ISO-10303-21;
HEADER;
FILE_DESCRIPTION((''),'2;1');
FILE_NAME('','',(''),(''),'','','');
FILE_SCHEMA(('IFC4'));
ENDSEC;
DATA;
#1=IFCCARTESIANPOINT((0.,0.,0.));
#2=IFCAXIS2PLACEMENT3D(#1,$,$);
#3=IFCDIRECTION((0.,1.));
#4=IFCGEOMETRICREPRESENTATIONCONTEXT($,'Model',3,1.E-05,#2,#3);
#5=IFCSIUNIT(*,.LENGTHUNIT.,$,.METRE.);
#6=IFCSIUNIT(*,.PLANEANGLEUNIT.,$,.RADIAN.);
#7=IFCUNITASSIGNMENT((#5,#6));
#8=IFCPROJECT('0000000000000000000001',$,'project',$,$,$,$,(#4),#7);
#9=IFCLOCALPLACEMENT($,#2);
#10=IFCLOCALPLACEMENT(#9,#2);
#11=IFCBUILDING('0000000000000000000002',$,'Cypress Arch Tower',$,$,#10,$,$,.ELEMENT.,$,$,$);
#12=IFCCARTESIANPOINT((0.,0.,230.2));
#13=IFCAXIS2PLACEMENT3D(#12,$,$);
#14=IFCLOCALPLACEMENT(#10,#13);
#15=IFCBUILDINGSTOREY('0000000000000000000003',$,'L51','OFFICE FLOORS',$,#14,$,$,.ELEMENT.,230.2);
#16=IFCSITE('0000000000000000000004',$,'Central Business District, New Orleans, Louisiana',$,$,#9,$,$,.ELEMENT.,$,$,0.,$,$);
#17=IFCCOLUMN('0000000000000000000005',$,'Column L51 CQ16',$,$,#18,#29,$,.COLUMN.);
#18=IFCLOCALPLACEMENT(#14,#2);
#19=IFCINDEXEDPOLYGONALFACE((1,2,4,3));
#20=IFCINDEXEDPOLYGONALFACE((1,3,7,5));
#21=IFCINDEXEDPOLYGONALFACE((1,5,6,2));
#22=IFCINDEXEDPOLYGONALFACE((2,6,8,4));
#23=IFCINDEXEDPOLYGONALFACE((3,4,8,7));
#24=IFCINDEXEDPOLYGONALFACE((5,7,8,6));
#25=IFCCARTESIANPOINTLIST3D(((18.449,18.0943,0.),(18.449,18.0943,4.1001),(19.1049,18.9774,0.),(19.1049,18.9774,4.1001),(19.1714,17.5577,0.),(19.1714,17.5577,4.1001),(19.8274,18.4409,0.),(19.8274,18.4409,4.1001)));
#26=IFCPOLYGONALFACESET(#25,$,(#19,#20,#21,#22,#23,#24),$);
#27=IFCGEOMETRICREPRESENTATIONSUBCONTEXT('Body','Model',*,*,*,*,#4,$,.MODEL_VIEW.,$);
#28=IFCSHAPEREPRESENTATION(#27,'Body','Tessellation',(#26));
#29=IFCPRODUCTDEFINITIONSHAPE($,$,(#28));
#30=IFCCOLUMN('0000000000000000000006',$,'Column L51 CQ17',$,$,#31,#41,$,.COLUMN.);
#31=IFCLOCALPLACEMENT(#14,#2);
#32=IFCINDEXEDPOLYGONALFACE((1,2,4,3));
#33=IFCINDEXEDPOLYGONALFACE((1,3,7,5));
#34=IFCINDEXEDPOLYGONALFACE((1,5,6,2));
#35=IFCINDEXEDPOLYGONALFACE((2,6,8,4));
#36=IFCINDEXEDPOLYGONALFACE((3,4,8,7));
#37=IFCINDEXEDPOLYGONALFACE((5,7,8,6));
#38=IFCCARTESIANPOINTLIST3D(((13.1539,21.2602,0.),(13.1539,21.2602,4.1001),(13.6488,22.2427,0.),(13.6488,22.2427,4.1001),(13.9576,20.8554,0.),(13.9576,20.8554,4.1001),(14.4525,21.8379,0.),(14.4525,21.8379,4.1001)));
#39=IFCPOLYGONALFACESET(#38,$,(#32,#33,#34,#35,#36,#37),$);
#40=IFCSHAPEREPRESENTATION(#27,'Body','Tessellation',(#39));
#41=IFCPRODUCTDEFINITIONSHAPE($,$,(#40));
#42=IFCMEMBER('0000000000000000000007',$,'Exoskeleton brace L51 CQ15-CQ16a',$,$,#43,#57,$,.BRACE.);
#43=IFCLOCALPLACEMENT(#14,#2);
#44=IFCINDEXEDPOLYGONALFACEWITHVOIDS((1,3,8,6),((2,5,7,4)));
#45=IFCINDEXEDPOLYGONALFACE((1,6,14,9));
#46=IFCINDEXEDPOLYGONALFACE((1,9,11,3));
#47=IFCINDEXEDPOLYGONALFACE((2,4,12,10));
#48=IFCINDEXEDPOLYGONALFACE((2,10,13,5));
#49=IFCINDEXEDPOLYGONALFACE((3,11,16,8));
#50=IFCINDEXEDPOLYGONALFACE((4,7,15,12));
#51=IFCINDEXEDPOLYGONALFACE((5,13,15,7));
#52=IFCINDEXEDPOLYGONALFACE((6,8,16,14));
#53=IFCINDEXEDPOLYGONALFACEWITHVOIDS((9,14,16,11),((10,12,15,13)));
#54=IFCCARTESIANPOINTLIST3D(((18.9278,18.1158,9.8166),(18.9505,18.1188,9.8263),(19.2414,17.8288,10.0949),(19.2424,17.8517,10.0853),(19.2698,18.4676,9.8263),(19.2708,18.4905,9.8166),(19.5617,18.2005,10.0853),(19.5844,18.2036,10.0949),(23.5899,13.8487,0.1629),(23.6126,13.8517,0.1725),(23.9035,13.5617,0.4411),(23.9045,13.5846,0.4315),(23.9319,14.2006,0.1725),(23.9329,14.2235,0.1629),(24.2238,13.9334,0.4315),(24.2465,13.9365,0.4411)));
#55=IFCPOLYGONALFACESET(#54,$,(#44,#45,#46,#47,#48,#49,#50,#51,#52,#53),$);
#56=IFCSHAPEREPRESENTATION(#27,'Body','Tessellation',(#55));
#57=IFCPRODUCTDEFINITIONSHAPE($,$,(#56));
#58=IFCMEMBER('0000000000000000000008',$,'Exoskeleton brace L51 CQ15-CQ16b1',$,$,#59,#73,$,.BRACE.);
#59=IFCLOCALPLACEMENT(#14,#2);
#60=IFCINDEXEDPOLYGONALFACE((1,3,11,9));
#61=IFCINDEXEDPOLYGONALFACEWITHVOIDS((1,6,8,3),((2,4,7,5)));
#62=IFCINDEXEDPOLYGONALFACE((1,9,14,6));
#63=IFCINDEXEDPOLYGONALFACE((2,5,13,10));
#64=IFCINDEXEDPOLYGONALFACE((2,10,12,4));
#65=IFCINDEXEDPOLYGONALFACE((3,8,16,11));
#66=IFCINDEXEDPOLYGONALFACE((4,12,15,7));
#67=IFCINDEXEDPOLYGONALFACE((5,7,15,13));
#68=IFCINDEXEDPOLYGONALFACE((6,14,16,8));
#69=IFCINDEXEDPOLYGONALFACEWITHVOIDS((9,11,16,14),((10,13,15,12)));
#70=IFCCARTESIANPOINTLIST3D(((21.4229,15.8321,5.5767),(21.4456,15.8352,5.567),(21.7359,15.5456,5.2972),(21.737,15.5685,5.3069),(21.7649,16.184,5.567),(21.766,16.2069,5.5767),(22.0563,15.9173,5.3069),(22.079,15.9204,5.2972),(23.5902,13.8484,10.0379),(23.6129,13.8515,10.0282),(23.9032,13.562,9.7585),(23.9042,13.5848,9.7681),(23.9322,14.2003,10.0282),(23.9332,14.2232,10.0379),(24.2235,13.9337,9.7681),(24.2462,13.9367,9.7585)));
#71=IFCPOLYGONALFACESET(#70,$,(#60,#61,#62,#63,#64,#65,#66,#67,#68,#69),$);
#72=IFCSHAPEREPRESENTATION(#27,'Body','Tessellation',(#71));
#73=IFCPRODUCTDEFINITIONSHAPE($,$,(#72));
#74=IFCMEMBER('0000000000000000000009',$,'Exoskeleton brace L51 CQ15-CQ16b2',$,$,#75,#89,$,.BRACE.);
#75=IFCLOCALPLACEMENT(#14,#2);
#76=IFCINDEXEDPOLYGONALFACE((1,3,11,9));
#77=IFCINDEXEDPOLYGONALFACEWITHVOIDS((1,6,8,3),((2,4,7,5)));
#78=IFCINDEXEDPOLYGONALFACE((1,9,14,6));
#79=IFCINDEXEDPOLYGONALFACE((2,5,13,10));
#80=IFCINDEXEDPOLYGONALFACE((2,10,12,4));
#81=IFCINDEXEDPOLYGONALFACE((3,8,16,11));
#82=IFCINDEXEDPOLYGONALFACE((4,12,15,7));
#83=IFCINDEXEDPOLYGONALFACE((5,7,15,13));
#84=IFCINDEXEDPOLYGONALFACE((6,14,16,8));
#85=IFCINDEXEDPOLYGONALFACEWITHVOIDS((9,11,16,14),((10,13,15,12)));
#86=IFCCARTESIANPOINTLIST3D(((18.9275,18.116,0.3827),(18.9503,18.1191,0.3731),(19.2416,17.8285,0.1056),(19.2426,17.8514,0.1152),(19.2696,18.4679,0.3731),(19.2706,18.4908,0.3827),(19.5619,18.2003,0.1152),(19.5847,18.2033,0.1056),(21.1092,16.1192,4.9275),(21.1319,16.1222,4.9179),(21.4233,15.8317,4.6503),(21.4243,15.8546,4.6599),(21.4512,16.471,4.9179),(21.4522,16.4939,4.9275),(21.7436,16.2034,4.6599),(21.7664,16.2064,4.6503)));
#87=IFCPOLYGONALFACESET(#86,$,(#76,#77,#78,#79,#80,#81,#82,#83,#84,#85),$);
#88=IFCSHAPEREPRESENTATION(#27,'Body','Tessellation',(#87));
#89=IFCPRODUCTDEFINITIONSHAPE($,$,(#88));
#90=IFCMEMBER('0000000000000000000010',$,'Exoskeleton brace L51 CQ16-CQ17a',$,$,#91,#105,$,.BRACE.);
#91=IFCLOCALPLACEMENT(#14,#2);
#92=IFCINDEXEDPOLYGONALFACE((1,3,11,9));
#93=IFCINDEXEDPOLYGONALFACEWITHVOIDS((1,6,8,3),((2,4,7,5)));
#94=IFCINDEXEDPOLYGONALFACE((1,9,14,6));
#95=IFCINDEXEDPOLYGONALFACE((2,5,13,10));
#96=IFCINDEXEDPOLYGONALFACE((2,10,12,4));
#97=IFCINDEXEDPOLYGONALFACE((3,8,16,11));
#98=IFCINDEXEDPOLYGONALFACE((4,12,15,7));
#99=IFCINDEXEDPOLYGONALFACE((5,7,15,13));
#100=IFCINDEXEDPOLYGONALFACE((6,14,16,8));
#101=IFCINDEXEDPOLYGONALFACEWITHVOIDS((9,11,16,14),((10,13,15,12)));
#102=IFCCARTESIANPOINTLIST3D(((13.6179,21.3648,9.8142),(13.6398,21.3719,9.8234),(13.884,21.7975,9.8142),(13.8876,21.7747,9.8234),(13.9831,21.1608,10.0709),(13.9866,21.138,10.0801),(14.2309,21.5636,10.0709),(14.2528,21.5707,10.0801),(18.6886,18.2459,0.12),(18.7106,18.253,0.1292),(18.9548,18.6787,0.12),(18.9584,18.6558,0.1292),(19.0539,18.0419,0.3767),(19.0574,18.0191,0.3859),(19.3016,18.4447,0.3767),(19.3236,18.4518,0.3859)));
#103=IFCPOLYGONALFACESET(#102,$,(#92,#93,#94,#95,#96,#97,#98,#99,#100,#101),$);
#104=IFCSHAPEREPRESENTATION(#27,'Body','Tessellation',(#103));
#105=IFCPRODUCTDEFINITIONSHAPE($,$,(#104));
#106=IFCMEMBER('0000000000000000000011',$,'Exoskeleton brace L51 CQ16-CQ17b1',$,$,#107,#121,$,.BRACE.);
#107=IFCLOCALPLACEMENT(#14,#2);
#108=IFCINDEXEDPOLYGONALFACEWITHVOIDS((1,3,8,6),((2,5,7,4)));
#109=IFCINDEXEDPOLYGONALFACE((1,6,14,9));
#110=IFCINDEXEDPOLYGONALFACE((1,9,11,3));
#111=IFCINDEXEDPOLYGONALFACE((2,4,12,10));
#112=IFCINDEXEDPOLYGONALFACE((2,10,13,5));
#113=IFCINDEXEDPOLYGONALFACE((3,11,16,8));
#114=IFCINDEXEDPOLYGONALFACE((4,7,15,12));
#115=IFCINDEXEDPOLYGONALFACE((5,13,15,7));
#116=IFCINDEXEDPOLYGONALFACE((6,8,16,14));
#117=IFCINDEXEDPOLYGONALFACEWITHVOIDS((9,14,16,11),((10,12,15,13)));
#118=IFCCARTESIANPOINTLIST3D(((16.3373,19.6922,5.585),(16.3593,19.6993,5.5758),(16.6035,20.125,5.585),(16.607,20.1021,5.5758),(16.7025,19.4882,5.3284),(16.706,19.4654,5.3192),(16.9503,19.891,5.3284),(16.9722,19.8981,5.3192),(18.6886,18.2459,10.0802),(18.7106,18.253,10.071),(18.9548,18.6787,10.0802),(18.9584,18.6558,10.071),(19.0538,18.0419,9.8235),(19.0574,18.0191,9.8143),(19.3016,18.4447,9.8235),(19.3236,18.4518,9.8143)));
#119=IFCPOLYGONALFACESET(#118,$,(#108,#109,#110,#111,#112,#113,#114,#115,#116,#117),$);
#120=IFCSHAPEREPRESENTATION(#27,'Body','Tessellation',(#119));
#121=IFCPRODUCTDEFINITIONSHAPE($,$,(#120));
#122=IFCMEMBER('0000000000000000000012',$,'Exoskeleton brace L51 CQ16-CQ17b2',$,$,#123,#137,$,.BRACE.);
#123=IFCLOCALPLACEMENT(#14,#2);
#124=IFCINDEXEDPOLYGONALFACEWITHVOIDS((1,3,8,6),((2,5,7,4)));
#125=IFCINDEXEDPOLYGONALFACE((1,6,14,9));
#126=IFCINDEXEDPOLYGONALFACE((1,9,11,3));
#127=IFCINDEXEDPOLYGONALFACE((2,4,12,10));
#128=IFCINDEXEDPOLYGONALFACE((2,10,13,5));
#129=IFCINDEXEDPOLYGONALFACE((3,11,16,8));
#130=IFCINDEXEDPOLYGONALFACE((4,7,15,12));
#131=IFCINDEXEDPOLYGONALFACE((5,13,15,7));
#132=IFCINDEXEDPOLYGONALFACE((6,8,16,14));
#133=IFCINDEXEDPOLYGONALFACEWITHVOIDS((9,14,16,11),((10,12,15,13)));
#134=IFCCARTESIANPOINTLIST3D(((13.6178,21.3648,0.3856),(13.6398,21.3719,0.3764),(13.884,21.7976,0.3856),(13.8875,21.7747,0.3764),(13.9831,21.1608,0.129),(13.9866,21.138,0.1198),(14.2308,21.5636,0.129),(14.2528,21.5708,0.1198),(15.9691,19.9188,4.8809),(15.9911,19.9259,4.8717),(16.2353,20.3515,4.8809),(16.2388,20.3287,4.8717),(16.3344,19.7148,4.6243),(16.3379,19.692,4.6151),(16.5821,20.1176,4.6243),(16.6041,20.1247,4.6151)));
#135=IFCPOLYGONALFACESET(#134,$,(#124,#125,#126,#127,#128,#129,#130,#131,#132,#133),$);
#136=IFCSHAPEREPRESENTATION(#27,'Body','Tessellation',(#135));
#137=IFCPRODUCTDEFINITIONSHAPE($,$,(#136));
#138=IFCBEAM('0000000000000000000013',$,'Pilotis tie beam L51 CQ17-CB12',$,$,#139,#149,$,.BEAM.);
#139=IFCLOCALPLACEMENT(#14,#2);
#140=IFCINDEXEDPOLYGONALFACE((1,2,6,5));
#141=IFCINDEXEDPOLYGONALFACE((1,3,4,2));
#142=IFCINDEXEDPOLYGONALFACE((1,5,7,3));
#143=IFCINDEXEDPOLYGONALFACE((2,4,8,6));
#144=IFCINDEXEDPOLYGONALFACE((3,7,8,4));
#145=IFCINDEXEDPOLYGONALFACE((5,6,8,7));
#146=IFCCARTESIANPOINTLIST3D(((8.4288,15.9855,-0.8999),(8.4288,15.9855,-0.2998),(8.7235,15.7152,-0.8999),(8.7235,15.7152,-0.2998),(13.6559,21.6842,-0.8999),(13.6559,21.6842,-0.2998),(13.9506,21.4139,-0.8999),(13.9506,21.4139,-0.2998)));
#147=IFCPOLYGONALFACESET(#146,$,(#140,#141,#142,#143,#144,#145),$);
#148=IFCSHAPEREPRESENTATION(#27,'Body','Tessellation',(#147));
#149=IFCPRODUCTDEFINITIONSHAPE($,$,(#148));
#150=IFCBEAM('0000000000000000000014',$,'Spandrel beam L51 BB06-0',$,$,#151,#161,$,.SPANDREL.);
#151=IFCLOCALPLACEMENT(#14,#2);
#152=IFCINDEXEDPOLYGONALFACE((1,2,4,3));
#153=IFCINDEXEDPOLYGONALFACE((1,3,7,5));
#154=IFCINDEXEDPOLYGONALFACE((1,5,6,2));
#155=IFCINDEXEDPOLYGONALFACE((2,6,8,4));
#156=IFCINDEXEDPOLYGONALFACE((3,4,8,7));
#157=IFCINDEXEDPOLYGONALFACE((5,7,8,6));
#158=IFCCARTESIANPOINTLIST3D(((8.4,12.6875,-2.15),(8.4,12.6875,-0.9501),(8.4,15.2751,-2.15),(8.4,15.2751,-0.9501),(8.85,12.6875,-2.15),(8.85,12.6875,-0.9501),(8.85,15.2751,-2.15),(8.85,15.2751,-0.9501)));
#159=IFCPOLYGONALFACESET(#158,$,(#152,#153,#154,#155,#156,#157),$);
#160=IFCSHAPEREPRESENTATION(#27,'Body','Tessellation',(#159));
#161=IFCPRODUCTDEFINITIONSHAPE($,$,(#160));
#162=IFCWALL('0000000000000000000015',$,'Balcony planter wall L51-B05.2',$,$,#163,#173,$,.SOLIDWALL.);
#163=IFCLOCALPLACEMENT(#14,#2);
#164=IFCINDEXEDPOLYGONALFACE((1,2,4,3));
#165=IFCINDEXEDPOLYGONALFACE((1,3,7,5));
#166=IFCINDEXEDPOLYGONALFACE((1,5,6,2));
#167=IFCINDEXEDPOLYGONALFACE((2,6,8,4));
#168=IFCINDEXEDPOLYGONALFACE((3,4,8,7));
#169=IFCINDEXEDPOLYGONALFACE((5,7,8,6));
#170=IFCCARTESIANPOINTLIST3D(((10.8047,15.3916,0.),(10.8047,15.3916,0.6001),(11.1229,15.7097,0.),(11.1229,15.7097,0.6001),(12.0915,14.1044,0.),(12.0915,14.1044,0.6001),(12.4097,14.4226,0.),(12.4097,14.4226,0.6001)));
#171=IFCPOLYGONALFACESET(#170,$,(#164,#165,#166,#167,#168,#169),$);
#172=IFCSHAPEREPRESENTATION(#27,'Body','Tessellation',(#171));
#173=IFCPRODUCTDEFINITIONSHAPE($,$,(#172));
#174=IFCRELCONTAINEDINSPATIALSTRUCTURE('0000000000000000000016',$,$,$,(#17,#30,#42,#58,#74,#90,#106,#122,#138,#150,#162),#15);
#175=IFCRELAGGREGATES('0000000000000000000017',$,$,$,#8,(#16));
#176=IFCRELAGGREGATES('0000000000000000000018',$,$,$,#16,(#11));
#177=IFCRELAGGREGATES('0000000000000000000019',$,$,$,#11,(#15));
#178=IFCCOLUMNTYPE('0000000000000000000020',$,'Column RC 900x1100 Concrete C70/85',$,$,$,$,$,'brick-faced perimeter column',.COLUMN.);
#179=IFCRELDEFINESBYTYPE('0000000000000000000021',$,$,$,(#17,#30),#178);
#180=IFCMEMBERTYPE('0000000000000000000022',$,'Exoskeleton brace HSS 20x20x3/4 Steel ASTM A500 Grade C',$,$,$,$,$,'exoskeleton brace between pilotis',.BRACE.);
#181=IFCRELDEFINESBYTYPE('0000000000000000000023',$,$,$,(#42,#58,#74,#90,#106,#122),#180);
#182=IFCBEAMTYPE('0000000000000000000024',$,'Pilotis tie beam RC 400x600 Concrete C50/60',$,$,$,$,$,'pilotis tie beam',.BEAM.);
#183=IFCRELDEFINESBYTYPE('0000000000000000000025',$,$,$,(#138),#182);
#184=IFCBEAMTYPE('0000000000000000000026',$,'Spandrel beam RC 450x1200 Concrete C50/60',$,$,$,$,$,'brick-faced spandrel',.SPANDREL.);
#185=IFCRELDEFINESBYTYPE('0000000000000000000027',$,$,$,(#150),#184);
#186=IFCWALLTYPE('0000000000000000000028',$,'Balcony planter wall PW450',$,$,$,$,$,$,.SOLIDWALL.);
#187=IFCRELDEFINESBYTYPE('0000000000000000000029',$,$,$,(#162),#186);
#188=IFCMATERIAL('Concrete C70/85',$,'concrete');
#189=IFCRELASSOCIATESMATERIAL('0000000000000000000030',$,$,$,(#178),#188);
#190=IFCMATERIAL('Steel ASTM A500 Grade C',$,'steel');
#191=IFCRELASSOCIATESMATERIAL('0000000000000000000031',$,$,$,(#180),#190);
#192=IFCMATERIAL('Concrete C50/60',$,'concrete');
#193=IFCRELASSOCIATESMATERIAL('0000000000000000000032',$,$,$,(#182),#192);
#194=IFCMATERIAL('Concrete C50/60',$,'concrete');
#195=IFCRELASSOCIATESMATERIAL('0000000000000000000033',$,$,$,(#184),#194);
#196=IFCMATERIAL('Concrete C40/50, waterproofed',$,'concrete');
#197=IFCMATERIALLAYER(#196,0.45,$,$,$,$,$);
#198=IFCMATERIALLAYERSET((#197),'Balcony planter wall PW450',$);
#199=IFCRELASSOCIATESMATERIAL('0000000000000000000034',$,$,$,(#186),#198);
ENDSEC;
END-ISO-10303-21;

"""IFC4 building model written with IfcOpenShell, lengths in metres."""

from ifc_helpers import new_model, si_unit, direction, frame, frame_2d, origin, origin_2d, place, context, subcontext, project, spatial, rectangle, hollow_rectangle, extrude, material, layer, layer_set, material_profile, profile_set, type_object, element, save


model = new_model("IFC4")

# Units and contexts
model_context = context("Model", 3, precision=1e-05, world=origin(), true_north=direction((0.0, 1.0)))
body_context = subcontext(model_context, "Body", "Model", "MODEL_VIEW")
ifc_project = project(units=[si_unit("LENGTHUNIT", "METRE"), si_unit("PLANEANGLEUNIT", "RADIAN")], contexts=[model_context])

# Site, building, storey
site_placement = place(None, origin())
site = spatial("IfcSite", under=ifc_project, at=site_placement, Name="Central Business District, New Orleans, Louisiana", CompositionType="ELEMENT", RefElevation=0.0)
building_placement = place(site_placement, origin())
building = spatial("IfcBuilding", under=site, at=building_placement, Name="Cypress Arch Tower", CompositionType="ELEMENT")
storey_placement = place(building_placement, frame((0.0, 0.0, 230.2)))
storey = spatial("IfcBuildingStorey", under=building, at=storey_placement, Name="L51", Description="OFFICE FLOORS", CompositionType="ELEMENT", Elevation=230.2)

# Columns
ifc_material_1 = material(Name="Concrete C70/85", Category="concrete")
ifc_material_profile_1 = material_profile(ifc_material_1, rectangle(XDim=0.8999, YDim=1.1001, at=origin_2d()), Name="RC 900x1100")
ifc_profile_set_1 = profile_set([ifc_material_profile_1], Name="Concrete C70/85")
column_type = type_object("IfcColumnType", Name="Column RC 900x1100 Concrete C70/85", ElementType="brick-faced perimeter column", PredefinedType="COLUMN", material=ifc_profile_set_1)
for number, where, z_axis, x_axis, name in (
    (1, (19.1382, 18.2676, 0.0), (0.0, 0.0, 1.0), (-0.802799, 0.59625, 0.0), "Column L51 CQ16"),
    (2, (13.8032, 21.5491, 0.0), (0.0, 0.0, 1.0), (-0.893106, 0.449845, 0.0), "Column L51 CQ17"),
):
    element("IfcColumn", number, at=place(storey_placement, frame(where, z_axis=z_axis, x_axis=x_axis)), inside=storey, type_object=column_type, Name=name, PredefinedType="COLUMN", context=body_context, shape_type="SweptSolid", body=[
        extrude(rectangle(XDim=0.8999, YDim=1.1001, at=origin_2d()), origin(), (0.0, 0.0, 1.0), 4.1001),
    ])

# Members
ifc_material_2 = material(Name="Steel ASTM A500 Grade C", Category="steel")
ifc_material_profile_2 = material_profile(ifc_material_2, hollow_rectangle(XDim=0.5081, YDim=0.5081, WallThickness=0.0176, at=origin_2d()), Name="HSS 20x20x3/4")
ifc_profile_set_2 = profile_set([ifc_material_profile_2], Name="Steel ASTM A500 Grade C")
member_type = type_object("IfcMemberType", Name="Exoskeleton brace HSS 20x20x3/4 Steel ASTM A500 Grade C", ElementType="exoskeleton brace between pilotis", PredefinedType="BRACE", material=ifc_profile_set_2)
member_1_placement = place(storey_placement, frame((23.9182, 13.8926, 0.302), z_axis=(-0.404045, 0.36981, 0.836653), x_axis=(-0.675165, -0.737667, 0.0)))
element("IfcMember", 3, at=member_1_placement, inside=storey, type_object=member_type, Name="Exoskeleton brace L51 CQ15-CQ16a", PredefinedType="BRACE", context=body_context, shape_type="SweptSolid", body=[
    extrude(hollow_rectangle(XDim=0.5081, YDim=0.5081, WallThickness=0.0176, at=origin_2d()), origin(), (0.0, 0.0, 1.0), 11.5386),
])
member_2_placement = place(storey_placement, frame((23.9182, 13.8926, 9.8982), z_axis=(-0.405719, 0.37135, -0.835159), x_axis=(-0.675171, -0.737661, 0.0)))
element("IfcMember", 4, at=member_2_placement, inside=storey, type_object=member_type, Name="Exoskeleton brace L51 CQ15-CQ16b1", PredefinedType="BRACE", context=body_context, shape_type="SweptSolid", body=[
    extrude(hollow_rectangle(XDim=0.5081, YDim=0.5081, WallThickness=0.0176, at=origin_2d()), origin(), (0.0, 0.0, 1.0), 5.3418),
])
member_3_placement = place(storey_placement, frame((19.2561, 18.1597, 0.2441), z_axis=(0.402349, -0.368264, 0.838151), x_axis=(0.675171, 0.737661, 0.0)))
element("IfcMember", 5, at=member_3_placement, inside=storey, type_object=member_type, Name="Exoskeleton brace L51 CQ15-CQ16b2", PredefinedType="BRACE", context=body_context, shape_type="SweptSolid", body=[
    extrude(hollow_rectangle(XDim=0.5081, YDim=0.5081, WallThickness=0.0176, at=origin_2d()), origin(), (0.0, 0.0, 1.0), 5.4224),
])
member_4_placement = place(storey_placement, frame((19.0061, 18.3489, 0.2529), z_axis=(-0.445733, 0.274157, 0.85215), x_axis=(-0.523903, -0.851778, 0.0)))
element("IfcMember", 6, at=member_4_placement, inside=storey, type_object=member_type, Name="Exoskeleton brace L51 CQ16-CQ17a", PredefinedType="BRACE", context=body_context, shape_type="SweptSolid", body=[
    extrude(hollow_rectangle(XDim=0.5081, YDim=0.5081, WallThickness=0.0176, at=origin_2d()), origin(), (0.0, 0.0, 1.0), 11.3762),
])
for number, where, z_axis, x_axis, name in (
    (7, (19.0061, 18.3489, 9.9473), (-0.44574, 0.274174, -0.852141), (-0.52392, -0.851768, 0.0), "Exoskeleton brace L51 CQ16-CQ17b1"),
    (8, (13.9353, 21.4678, 0.2527), (0.445728, -0.27412, 0.852165), (0.523856, 0.851807, 0.0), "Exoskeleton brace L51 CQ16-CQ17b2"),
):
    element("IfcMember", number, at=place(storey_placement, frame(where, z_axis=z_axis, x_axis=x_axis)), inside=storey, type_object=member_type, Name=name, PredefinedType="BRACE", context=body_context, shape_type="SweptSolid", body=[
        extrude(hollow_rectangle(XDim=0.5081, YDim=0.5081, WallThickness=0.0176, at=origin_2d()), origin(), (0.0, 0.0, 1.0), 5.2751),
    ])

# Beams
ifc_material_3 = material(Name="Concrete C50/60", Category="concrete")
ifc_material_profile_3 = material_profile(ifc_material_3, rectangle(XDim=0.3999, YDim=0.6001, at=origin_2d()), Name="RC 400x600")
ifc_profile_set_3 = profile_set([ifc_material_profile_3], Name="Concrete C50/60")
beam_type_1 = type_object("IfcBeamType", Name="Pilotis tie beam RC 400x600 Concrete C50/60", ElementType="pilotis tie beam", PredefinedType="BEAM", material=ifc_profile_set_3)
beam_1_placement = place(storey_placement, frame((13.8032, 21.5491, -0.5999), z_axis=(-0.67595, -0.736947, 0.0), x_axis=(0.736947, -0.67595, 0.0)))
element("IfcBeam", 9, at=beam_1_placement, inside=storey, type_object=beam_type_1, Name="Pilotis tie beam L51 CQ17-CB12", PredefinedType="BEAM", context=body_context, shape_type="SweptSolid", body=[
    extrude(rectangle(XDim=0.3999, YDim=0.6001, at=origin_2d()), origin(), (0.0, 0.0, 1.0), 7.7329),
])
ifc_material_4 = material(Name="Concrete C50/60", Category="concrete")
ifc_material_profile_4 = material_profile(ifc_material_4, rectangle(XDim=0.45, YDim=1.2, at=origin_2d()), Name="RC 450x1200")
ifc_profile_set_4 = profile_set([ifc_material_profile_4], Name="Concrete C50/60")
beam_type_2 = type_object("IfcBeamType", Name="Spandrel beam RC 450x1200 Concrete C50/60", ElementType="brick-faced spandrel", PredefinedType="SPANDREL", material=ifc_profile_set_4)
beam_2_placement = place(storey_placement, frame((8.625, 15.2751, -1.55), z_axis=(0.0, -1.0, 0.0), x_axis=(1.0, 0.0, 0.0)))
element("IfcBeam", 10, at=beam_2_placement, inside=storey, type_object=beam_type_2, Name="Spandrel beam L51 BB06-0", PredefinedType="SPANDREL", context=body_context, shape_type="SweptSolid", body=[
    extrude(rectangle(XDim=0.45, YDim=1.2, at=origin_2d()), origin(), (0.0, 0.0, 1.0), 2.5876),
])

# Wall
ifc_material_5 = material(Name="Concrete C40/50, waterproofed", Category="concrete")
ifc_layer = layer(ifc_material_5, 0.45)
ifc_layer_set = layer_set([ifc_layer], Name="Balcony planter wall PW450")
wall_type = type_object("IfcWallType", Name="Balcony planter wall PW450", PredefinedType="SOLIDWALL", material=ifc_layer_set)
wall_placement = place(storey_placement, frame((12.2507, 14.2634, 0.0), z_axis=(0.0, 0.0, 1.0), x_axis=(-0.70704, 0.707174, 0.0)))
element("IfcWall", 11, at=wall_placement, inside=storey, type_object=wall_type, Name="Balcony planter wall L51-B05.2", PredefinedType="SOLIDWALL", context=body_context, shape_type="SweptSolid", body=[
    extrude(rectangle(XDim=1.8201, YDim=0.45, at=frame_2d((0.9102, 0.0))), origin(), (0.0, 0.0, 1.0), 0.6001),
])

save(model, "model.ifc")
